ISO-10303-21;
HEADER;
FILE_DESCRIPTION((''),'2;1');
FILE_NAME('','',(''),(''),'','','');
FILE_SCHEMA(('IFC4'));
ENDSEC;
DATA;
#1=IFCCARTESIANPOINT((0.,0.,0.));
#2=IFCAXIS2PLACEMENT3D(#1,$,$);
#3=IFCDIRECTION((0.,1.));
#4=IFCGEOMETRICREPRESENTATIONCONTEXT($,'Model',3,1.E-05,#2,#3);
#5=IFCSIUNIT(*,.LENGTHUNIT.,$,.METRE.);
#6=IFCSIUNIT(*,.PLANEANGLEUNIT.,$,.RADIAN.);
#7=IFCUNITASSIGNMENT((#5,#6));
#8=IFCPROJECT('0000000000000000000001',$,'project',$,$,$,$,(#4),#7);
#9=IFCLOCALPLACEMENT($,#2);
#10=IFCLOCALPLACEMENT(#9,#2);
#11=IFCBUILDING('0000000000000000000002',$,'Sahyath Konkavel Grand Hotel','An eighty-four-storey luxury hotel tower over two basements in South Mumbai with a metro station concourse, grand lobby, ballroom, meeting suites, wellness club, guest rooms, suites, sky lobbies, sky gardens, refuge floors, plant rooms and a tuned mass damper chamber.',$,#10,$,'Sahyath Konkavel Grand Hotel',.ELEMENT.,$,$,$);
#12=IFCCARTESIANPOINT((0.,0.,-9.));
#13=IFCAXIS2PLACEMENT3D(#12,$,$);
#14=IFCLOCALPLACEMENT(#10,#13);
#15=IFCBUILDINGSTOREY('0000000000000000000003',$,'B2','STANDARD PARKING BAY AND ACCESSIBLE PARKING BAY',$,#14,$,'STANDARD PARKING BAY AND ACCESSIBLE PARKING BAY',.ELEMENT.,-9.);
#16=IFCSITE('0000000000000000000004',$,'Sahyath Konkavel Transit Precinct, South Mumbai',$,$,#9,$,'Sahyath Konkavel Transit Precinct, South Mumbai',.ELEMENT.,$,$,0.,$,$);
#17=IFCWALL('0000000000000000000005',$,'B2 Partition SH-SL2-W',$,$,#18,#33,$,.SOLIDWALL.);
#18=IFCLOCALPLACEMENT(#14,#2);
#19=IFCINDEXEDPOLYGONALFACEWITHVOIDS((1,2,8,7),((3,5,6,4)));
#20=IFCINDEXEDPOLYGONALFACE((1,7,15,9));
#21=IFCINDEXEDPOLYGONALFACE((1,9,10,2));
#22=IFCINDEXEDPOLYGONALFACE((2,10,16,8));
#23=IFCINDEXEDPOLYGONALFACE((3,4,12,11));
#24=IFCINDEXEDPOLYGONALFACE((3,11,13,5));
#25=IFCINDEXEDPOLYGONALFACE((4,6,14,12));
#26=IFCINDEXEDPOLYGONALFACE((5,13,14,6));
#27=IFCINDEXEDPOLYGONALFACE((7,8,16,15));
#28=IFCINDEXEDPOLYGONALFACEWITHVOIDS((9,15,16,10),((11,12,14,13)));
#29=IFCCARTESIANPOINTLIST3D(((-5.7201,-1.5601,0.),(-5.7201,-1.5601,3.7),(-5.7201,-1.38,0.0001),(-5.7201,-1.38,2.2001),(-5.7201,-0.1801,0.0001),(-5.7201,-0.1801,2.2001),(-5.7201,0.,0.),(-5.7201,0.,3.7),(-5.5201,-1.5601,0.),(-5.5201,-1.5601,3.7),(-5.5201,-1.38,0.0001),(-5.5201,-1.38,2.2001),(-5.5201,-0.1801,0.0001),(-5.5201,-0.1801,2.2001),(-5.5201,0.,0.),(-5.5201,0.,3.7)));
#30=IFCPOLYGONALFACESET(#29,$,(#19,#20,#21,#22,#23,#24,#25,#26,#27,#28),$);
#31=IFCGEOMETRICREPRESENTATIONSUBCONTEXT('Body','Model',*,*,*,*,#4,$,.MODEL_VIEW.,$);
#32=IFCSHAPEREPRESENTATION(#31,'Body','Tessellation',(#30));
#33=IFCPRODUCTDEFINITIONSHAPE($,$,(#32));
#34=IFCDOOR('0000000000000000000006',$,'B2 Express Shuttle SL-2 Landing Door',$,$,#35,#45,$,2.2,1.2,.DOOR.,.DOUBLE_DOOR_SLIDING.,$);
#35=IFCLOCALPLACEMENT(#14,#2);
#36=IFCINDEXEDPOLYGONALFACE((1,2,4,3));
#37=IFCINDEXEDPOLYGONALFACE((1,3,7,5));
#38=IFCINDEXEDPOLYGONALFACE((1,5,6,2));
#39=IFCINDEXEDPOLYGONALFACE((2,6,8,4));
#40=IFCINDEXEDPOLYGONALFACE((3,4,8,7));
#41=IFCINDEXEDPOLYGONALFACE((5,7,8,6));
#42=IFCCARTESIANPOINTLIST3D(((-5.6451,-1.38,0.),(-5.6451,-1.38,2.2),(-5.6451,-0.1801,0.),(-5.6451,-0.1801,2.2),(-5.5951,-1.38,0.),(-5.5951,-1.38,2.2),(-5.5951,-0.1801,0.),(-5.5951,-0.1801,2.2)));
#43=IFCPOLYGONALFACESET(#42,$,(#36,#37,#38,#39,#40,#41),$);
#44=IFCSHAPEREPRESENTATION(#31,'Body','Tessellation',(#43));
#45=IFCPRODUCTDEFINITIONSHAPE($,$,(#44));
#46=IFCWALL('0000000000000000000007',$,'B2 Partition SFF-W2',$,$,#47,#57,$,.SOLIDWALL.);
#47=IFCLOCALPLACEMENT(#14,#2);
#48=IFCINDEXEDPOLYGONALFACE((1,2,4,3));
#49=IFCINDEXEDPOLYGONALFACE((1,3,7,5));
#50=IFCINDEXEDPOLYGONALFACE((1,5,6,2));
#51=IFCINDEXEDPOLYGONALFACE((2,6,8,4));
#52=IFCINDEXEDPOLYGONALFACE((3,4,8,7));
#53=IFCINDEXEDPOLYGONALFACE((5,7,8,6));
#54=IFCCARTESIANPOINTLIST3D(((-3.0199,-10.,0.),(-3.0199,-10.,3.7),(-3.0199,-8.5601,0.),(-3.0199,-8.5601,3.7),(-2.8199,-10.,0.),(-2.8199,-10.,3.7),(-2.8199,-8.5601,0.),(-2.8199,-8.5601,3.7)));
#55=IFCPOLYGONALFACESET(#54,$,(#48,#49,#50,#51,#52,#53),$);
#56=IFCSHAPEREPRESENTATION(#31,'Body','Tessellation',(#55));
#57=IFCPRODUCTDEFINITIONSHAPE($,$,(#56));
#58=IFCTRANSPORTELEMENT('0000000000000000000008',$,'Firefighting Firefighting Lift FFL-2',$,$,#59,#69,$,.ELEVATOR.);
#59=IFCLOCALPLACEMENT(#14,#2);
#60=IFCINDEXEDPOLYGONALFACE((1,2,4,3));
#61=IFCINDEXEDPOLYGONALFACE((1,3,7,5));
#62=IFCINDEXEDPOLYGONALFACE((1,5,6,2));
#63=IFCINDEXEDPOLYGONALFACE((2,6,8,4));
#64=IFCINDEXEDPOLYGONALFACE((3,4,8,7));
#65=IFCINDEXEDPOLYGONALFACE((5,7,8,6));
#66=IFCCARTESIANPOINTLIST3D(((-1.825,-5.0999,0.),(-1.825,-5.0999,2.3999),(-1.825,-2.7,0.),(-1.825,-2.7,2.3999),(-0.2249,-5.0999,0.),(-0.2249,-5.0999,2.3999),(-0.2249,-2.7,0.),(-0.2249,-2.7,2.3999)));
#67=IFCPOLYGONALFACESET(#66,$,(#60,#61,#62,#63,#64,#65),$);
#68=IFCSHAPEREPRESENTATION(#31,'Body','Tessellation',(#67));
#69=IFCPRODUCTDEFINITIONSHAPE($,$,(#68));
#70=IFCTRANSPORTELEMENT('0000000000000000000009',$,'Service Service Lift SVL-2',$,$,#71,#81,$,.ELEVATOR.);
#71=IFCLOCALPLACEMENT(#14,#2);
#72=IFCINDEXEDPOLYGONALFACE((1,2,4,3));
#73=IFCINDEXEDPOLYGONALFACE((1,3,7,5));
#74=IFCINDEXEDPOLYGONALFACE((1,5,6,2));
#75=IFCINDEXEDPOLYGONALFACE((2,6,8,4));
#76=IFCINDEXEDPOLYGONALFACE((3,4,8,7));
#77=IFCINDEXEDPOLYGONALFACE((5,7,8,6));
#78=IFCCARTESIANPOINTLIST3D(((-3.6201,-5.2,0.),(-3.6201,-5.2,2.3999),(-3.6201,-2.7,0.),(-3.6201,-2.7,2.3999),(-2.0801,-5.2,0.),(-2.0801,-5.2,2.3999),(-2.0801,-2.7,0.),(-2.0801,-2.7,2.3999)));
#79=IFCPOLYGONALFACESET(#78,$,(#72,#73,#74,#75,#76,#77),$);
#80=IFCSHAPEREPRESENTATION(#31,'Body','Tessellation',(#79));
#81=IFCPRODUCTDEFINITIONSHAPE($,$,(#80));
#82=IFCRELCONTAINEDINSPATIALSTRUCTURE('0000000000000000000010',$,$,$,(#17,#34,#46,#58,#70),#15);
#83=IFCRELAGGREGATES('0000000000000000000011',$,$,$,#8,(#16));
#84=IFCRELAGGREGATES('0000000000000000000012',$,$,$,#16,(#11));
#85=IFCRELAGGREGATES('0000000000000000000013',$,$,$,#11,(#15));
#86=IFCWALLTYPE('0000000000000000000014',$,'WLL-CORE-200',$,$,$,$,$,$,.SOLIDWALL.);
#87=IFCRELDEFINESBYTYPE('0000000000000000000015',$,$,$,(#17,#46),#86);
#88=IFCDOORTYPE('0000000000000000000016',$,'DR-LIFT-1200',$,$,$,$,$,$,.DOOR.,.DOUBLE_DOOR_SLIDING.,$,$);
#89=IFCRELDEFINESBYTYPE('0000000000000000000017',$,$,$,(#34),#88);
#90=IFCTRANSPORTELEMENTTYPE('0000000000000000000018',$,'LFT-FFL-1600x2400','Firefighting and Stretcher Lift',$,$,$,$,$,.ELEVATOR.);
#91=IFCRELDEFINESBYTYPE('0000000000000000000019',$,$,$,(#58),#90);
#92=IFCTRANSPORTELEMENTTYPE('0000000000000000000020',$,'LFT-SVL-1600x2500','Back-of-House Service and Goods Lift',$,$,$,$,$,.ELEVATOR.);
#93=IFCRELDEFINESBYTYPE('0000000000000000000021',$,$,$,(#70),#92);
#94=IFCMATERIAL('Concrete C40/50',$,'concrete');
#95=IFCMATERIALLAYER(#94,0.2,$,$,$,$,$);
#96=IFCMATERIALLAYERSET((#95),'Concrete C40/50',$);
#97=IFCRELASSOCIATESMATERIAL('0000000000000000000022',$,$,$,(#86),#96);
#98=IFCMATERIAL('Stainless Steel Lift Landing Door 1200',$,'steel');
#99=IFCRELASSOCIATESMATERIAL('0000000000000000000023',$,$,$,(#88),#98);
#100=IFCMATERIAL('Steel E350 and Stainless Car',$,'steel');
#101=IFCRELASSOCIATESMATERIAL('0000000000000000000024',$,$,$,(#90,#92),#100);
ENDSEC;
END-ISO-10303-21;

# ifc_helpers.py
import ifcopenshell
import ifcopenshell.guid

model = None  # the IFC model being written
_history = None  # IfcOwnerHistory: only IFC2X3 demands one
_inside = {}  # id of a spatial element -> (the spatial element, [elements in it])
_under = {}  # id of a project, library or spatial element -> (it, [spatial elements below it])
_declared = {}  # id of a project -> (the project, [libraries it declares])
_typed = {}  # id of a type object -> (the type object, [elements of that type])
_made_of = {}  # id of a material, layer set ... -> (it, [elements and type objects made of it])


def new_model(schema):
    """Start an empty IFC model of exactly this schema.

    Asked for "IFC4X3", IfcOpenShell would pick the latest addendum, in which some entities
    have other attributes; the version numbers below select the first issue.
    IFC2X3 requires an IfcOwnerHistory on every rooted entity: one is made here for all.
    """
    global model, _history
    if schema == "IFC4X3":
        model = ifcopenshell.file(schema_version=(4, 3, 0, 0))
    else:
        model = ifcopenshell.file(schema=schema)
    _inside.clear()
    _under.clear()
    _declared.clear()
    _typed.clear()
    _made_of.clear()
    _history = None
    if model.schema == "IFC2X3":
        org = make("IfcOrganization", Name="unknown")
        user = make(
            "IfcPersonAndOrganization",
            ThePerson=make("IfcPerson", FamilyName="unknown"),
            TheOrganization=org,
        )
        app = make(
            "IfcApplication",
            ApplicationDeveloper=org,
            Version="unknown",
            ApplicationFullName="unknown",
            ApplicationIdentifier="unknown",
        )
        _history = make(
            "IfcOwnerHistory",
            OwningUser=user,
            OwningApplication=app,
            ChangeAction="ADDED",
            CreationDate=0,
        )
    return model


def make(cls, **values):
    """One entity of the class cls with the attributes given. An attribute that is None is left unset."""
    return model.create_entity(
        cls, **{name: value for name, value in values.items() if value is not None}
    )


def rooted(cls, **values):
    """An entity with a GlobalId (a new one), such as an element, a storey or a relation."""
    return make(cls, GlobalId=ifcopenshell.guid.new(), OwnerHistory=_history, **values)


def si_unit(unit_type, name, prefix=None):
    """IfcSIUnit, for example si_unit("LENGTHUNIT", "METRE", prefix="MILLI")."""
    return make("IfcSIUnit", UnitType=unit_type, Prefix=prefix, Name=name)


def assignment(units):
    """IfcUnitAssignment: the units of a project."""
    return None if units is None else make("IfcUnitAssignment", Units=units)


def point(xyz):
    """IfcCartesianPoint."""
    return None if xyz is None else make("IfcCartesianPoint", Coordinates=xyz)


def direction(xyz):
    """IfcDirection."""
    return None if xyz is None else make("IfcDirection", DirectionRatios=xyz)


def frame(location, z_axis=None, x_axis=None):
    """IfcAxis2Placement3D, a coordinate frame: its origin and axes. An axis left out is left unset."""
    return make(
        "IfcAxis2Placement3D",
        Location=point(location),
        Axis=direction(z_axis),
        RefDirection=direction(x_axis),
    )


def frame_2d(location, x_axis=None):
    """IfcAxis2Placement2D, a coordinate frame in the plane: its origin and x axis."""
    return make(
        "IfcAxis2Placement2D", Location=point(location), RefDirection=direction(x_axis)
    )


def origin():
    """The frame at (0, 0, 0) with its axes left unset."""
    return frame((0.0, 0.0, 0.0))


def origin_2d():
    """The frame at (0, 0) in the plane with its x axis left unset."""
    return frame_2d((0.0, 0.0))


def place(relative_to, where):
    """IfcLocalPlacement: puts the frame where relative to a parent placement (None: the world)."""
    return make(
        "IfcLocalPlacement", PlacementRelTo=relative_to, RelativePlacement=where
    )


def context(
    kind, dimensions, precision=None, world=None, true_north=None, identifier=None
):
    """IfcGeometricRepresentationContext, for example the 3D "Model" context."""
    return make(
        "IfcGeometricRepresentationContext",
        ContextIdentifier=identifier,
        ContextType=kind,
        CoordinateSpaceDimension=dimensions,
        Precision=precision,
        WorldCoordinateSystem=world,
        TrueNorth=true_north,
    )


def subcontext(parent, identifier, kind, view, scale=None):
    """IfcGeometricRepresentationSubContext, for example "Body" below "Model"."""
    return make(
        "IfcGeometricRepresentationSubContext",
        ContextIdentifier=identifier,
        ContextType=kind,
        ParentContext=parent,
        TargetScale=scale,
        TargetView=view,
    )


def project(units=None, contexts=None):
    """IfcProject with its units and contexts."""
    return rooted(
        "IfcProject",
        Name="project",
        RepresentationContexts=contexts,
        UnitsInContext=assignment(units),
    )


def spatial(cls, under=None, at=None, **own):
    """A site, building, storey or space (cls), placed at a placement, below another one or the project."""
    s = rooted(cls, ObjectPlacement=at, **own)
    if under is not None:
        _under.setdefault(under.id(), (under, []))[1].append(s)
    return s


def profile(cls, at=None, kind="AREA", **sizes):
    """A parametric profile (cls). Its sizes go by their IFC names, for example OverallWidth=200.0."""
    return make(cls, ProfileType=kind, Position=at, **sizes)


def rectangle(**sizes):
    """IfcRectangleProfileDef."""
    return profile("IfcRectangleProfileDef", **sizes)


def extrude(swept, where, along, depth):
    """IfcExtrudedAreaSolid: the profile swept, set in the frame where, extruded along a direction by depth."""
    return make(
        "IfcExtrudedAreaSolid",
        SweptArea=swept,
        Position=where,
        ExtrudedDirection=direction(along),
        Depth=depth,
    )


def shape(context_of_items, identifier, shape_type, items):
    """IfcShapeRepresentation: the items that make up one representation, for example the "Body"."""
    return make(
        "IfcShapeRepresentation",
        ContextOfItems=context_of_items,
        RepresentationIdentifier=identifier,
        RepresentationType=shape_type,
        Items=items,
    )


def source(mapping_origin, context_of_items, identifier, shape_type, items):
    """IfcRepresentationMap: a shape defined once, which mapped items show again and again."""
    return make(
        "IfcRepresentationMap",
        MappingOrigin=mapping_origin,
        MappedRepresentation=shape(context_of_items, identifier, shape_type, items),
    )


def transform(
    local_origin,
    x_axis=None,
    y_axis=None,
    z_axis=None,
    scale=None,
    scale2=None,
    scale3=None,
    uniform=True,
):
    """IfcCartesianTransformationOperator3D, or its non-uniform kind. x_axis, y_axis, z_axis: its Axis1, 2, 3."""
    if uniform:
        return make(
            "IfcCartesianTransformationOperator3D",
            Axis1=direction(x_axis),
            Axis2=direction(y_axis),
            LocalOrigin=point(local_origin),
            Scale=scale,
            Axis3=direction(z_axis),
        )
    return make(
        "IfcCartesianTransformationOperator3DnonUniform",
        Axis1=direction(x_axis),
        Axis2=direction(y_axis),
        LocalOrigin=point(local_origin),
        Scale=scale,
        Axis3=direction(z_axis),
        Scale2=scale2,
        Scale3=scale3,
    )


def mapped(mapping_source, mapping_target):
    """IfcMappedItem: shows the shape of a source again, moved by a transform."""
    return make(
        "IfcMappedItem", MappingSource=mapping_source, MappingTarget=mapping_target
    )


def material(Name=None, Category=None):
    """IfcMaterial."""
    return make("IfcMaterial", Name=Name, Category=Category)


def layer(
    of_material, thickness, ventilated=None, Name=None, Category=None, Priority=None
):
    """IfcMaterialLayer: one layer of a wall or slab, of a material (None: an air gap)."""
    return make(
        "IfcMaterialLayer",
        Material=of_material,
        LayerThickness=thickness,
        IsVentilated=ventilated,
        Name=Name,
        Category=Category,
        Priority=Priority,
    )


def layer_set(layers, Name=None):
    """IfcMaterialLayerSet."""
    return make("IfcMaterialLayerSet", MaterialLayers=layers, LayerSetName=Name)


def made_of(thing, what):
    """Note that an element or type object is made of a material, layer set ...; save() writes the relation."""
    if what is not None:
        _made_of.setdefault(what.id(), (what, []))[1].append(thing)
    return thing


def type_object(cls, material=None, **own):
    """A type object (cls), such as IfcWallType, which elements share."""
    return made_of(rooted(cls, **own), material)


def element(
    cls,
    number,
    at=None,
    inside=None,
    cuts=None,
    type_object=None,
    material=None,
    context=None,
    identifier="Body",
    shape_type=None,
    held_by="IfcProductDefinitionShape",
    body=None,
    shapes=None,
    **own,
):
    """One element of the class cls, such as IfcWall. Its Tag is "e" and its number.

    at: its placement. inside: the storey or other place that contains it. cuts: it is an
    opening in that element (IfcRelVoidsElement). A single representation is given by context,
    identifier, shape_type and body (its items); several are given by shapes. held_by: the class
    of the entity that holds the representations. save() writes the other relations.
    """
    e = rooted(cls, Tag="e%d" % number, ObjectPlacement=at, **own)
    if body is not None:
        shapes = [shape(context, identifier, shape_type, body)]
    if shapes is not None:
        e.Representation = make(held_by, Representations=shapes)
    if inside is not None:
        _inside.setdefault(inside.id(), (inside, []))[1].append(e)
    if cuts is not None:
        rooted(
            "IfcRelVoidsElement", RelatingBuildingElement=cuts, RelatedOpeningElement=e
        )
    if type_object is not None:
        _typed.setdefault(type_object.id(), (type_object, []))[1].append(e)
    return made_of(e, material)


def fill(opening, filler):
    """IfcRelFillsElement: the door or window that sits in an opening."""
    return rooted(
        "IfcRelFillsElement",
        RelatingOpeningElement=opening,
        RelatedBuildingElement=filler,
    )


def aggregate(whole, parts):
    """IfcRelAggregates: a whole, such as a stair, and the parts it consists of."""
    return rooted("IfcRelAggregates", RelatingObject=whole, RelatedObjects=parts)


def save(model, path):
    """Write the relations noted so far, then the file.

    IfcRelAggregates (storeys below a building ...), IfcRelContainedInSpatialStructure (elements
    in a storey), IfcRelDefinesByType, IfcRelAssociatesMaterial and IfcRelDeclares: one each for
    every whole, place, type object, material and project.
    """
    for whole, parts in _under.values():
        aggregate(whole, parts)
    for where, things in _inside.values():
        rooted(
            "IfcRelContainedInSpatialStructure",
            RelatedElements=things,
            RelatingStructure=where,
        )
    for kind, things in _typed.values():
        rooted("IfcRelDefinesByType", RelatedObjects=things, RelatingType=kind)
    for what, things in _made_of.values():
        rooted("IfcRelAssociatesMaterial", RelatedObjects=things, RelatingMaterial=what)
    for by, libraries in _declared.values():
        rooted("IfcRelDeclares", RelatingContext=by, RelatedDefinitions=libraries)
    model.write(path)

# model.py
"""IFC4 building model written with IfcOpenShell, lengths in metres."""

from ifc_helpers import new_model, si_unit, direction, frame, frame_2d, origin, origin_2d, place, context, subcontext, project, spatial, rectangle, extrude, source, transform, mapped, material, layer, layer_set, type_object, element, fill, save


model = new_model("IFC4")

# Units and contexts
model_context = context("Model", 3, precision=1e-05, world=origin(), true_north=direction((0.0, 1.0)))
body_context = subcontext(model_context, "Body", "Model", "MODEL_VIEW")
ifc_project = project(units=[si_unit("LENGTHUNIT", "METRE"), si_unit("PLANEANGLEUNIT", "RADIAN")], contexts=[model_context])

# Site, building, storey
site_placement = place(None, origin())
site = spatial("IfcSite", under=ifc_project, at=site_placement, Name="Sahyath Konkavel Transit Precinct, South Mumbai", LongName="Sahyath Konkavel Transit Precinct, South Mumbai", CompositionType="ELEMENT", RefElevation=0.0)
building_placement = place(site_placement, origin())
building = spatial("IfcBuilding", under=site, at=building_placement, Name="Sahyath Konkavel Grand Hotel", Description="An eighty-four-storey luxury hotel tower over two basements in South Mumbai with a metro station concourse, grand lobby, ballroom, meeting suites, wellness club, guest rooms, suites, sky lobbies, sky gardens, refuge floors, plant rooms and a tuned mass damper chamber.", LongName="Sahyath Konkavel Grand Hotel", CompositionType="ELEMENT")
storey_placement = place(building_placement, frame((0.0, 0.0, -9.0)))
storey = spatial("IfcBuildingStorey", under=building, at=storey_placement, Name="B2", Description="STANDARD PARKING BAY AND ACCESSIBLE PARKING BAY", LongName="STANDARD PARKING BAY AND ACCESSIBLE PARKING BAY", CompositionType="ELEMENT", Elevation=-9.0)

# Shared definitions
ifc_material_1 = material(Name="Concrete C40/50", Category="concrete")
ifc_layer_1 = layer(ifc_material_1, 0.2)
ifc_layer_set_1 = layer_set([ifc_layer_1], Name="Concrete C40/50")
wall_type_1 = type_object("IfcWallType", Name="WLL-CORE-200", PredefinedType="SOLIDWALL", material=ifc_layer_set_1)

# Shared definitions
ifc_material_2 = material(Name="Stainless Steel Lift Landing Door 1200", Category="steel")
door_type_1 = type_object("IfcDoorType", Name="DR-LIFT-1200", OperationType="DOUBLE_DOOR_SLIDING", PredefinedType="DOOR", material=ifc_material_2)
shared_shape_1 = source(origin(), body_context, "Body", "SweptSolid", [
    extrude(rectangle(XDim=1.2, YDim=0.05, at=origin_2d()), origin(), (0.0, 0.0, 1.0), 2.2),
])

# Wall, opening, door
wall_1_placement = place(storey_placement, frame((-5.6201, -1.5601, 0.0), z_axis=(0.0, 0.0, 1.0), x_axis=(0.0, 1.0, 0.0)))
wall_1 = element("IfcWall", 1, at=wall_1_placement, inside=storey, type_object=wall_type_1, Name="B2 Partition SH-SL2-W", PredefinedType="SOLIDWALL", context=body_context, shape_type="SweptSolid", body=[
    extrude(rectangle(XDim=1.5601, YDim=0.2, at=frame_2d((0.78, 0.0))), origin(), (0.0, 0.0, 1.0), 3.7),
])
opening_1_placement = place(wall_1_placement, frame((0.1799, 0.0, 0.0)))
opening_1 = element("IfcOpeningElement", 2, at=opening_1_placement, cuts=wall_1, PredefinedType="OPENING", context=body_context, shape_type="SweptSolid", body=[
    extrude(rectangle(XDim=1.2, YDim=2.2, at=frame_2d((0.6001, 1.1001))), frame((0.0, 0.1099, 0.0), z_axis=(0.0, -1.0, 0.0), x_axis=(1.0, 0.0, 0.0)), (0.0, 0.0, 1.0), 0.22),
])
door_1_placement = place(opening_1_placement, frame((0.6001, 0.0, 0.0)))
door_1 = element("IfcDoor", 3, at=door_1_placement, inside=storey, type_object=door_type_1, Name="B2 Express Shuttle SL-2 Landing Door", OperationType="DOUBLE_DOOR_SLIDING", OverallHeight=2.2, OverallWidth=1.2, PredefinedType="DOOR", context=body_context, shape_type="MappedRepresentation", body=[
    mapped(shared_shape_1, transform((0.0, 0.0, 0.0), scale=1.0)),
])
fill(opening_1, door_1)

# Wall
wall_2_placement = place(storey_placement, frame((-2.9199, -10.0, 0.0), z_axis=(0.0, 0.0, 1.0), x_axis=(0.0, 1.0, 0.0)))
element("IfcWall", 4, at=wall_2_placement, inside=storey, type_object=wall_type_1, Name="B2 Partition SFF-W2", PredefinedType="SOLIDWALL", context=body_context, shape_type="SweptSolid", body=[
    extrude(rectangle(XDim=1.4399, YDim=0.2, at=frame_2d((0.72, 0.0))), origin(), (0.0, 0.0, 1.0), 3.7),
])

# Transport elements
ifc_material_3 = material(Name="Steel E350 and Stainless Car", Category="steel")
transport_element_type_1 = type_object("IfcTransportElementType", Name="LFT-FFL-1600x2400", Description="Firefighting and Stretcher Lift", PredefinedType="ELEVATOR", material=ifc_material_3)
shared_shape_2 = source(origin(), body_context, "Body", "SweptSolid", [
    extrude(rectangle(XDim=1.6001, YDim=2.3999, at=origin_2d()), origin(), (0.0, 0.0, 1.0), 2.3999),
])
transport_element_1_placement = place(storey_placement, frame((-1.0249, -3.8999, 0.0), z_axis=(0.0, 0.0, 1.0), x_axis=(1.0, 0.0, 0.0)))
element("IfcTransportElement", 5, at=transport_element_1_placement, inside=storey, type_object=transport_element_type_1, Name="Firefighting Firefighting Lift FFL-2", PredefinedType="ELEVATOR", context=body_context, shape_type="MappedRepresentation", body=[
    mapped(shared_shape_2, transform((0.0, 0.0, 0.0), scale=1.0)),
])
transport_element_type_2 = type_object("IfcTransportElementType", Name="LFT-SVL-1600x2500", Description="Back-of-House Service and Goods Lift", PredefinedType="ELEVATOR", material=ifc_material_3)
shared_shape_3 = source(origin(), body_context, "Body", "SweptSolid", [
    extrude(rectangle(XDim=1.54, YDim=2.5, at=origin_2d()), origin(), (0.0, 0.0, 1.0), 2.3999),
])
transport_element_2_placement = place(storey_placement, frame((-2.8501, -3.95, 0.0), z_axis=(0.0, 0.0, 1.0), x_axis=(1.0, 0.0, 0.0)))
element("IfcTransportElement", 6, at=transport_element_2_placement, inside=storey, type_object=transport_element_type_2, Name="Service Service Lift SVL-2", PredefinedType="ELEVATOR", context=body_context, shape_type="MappedRepresentation", body=[
    mapped(shared_shape_3, transform((0.0, 0.0, 0.0), scale=1.0)),
])

save(model, "model.ifc")
